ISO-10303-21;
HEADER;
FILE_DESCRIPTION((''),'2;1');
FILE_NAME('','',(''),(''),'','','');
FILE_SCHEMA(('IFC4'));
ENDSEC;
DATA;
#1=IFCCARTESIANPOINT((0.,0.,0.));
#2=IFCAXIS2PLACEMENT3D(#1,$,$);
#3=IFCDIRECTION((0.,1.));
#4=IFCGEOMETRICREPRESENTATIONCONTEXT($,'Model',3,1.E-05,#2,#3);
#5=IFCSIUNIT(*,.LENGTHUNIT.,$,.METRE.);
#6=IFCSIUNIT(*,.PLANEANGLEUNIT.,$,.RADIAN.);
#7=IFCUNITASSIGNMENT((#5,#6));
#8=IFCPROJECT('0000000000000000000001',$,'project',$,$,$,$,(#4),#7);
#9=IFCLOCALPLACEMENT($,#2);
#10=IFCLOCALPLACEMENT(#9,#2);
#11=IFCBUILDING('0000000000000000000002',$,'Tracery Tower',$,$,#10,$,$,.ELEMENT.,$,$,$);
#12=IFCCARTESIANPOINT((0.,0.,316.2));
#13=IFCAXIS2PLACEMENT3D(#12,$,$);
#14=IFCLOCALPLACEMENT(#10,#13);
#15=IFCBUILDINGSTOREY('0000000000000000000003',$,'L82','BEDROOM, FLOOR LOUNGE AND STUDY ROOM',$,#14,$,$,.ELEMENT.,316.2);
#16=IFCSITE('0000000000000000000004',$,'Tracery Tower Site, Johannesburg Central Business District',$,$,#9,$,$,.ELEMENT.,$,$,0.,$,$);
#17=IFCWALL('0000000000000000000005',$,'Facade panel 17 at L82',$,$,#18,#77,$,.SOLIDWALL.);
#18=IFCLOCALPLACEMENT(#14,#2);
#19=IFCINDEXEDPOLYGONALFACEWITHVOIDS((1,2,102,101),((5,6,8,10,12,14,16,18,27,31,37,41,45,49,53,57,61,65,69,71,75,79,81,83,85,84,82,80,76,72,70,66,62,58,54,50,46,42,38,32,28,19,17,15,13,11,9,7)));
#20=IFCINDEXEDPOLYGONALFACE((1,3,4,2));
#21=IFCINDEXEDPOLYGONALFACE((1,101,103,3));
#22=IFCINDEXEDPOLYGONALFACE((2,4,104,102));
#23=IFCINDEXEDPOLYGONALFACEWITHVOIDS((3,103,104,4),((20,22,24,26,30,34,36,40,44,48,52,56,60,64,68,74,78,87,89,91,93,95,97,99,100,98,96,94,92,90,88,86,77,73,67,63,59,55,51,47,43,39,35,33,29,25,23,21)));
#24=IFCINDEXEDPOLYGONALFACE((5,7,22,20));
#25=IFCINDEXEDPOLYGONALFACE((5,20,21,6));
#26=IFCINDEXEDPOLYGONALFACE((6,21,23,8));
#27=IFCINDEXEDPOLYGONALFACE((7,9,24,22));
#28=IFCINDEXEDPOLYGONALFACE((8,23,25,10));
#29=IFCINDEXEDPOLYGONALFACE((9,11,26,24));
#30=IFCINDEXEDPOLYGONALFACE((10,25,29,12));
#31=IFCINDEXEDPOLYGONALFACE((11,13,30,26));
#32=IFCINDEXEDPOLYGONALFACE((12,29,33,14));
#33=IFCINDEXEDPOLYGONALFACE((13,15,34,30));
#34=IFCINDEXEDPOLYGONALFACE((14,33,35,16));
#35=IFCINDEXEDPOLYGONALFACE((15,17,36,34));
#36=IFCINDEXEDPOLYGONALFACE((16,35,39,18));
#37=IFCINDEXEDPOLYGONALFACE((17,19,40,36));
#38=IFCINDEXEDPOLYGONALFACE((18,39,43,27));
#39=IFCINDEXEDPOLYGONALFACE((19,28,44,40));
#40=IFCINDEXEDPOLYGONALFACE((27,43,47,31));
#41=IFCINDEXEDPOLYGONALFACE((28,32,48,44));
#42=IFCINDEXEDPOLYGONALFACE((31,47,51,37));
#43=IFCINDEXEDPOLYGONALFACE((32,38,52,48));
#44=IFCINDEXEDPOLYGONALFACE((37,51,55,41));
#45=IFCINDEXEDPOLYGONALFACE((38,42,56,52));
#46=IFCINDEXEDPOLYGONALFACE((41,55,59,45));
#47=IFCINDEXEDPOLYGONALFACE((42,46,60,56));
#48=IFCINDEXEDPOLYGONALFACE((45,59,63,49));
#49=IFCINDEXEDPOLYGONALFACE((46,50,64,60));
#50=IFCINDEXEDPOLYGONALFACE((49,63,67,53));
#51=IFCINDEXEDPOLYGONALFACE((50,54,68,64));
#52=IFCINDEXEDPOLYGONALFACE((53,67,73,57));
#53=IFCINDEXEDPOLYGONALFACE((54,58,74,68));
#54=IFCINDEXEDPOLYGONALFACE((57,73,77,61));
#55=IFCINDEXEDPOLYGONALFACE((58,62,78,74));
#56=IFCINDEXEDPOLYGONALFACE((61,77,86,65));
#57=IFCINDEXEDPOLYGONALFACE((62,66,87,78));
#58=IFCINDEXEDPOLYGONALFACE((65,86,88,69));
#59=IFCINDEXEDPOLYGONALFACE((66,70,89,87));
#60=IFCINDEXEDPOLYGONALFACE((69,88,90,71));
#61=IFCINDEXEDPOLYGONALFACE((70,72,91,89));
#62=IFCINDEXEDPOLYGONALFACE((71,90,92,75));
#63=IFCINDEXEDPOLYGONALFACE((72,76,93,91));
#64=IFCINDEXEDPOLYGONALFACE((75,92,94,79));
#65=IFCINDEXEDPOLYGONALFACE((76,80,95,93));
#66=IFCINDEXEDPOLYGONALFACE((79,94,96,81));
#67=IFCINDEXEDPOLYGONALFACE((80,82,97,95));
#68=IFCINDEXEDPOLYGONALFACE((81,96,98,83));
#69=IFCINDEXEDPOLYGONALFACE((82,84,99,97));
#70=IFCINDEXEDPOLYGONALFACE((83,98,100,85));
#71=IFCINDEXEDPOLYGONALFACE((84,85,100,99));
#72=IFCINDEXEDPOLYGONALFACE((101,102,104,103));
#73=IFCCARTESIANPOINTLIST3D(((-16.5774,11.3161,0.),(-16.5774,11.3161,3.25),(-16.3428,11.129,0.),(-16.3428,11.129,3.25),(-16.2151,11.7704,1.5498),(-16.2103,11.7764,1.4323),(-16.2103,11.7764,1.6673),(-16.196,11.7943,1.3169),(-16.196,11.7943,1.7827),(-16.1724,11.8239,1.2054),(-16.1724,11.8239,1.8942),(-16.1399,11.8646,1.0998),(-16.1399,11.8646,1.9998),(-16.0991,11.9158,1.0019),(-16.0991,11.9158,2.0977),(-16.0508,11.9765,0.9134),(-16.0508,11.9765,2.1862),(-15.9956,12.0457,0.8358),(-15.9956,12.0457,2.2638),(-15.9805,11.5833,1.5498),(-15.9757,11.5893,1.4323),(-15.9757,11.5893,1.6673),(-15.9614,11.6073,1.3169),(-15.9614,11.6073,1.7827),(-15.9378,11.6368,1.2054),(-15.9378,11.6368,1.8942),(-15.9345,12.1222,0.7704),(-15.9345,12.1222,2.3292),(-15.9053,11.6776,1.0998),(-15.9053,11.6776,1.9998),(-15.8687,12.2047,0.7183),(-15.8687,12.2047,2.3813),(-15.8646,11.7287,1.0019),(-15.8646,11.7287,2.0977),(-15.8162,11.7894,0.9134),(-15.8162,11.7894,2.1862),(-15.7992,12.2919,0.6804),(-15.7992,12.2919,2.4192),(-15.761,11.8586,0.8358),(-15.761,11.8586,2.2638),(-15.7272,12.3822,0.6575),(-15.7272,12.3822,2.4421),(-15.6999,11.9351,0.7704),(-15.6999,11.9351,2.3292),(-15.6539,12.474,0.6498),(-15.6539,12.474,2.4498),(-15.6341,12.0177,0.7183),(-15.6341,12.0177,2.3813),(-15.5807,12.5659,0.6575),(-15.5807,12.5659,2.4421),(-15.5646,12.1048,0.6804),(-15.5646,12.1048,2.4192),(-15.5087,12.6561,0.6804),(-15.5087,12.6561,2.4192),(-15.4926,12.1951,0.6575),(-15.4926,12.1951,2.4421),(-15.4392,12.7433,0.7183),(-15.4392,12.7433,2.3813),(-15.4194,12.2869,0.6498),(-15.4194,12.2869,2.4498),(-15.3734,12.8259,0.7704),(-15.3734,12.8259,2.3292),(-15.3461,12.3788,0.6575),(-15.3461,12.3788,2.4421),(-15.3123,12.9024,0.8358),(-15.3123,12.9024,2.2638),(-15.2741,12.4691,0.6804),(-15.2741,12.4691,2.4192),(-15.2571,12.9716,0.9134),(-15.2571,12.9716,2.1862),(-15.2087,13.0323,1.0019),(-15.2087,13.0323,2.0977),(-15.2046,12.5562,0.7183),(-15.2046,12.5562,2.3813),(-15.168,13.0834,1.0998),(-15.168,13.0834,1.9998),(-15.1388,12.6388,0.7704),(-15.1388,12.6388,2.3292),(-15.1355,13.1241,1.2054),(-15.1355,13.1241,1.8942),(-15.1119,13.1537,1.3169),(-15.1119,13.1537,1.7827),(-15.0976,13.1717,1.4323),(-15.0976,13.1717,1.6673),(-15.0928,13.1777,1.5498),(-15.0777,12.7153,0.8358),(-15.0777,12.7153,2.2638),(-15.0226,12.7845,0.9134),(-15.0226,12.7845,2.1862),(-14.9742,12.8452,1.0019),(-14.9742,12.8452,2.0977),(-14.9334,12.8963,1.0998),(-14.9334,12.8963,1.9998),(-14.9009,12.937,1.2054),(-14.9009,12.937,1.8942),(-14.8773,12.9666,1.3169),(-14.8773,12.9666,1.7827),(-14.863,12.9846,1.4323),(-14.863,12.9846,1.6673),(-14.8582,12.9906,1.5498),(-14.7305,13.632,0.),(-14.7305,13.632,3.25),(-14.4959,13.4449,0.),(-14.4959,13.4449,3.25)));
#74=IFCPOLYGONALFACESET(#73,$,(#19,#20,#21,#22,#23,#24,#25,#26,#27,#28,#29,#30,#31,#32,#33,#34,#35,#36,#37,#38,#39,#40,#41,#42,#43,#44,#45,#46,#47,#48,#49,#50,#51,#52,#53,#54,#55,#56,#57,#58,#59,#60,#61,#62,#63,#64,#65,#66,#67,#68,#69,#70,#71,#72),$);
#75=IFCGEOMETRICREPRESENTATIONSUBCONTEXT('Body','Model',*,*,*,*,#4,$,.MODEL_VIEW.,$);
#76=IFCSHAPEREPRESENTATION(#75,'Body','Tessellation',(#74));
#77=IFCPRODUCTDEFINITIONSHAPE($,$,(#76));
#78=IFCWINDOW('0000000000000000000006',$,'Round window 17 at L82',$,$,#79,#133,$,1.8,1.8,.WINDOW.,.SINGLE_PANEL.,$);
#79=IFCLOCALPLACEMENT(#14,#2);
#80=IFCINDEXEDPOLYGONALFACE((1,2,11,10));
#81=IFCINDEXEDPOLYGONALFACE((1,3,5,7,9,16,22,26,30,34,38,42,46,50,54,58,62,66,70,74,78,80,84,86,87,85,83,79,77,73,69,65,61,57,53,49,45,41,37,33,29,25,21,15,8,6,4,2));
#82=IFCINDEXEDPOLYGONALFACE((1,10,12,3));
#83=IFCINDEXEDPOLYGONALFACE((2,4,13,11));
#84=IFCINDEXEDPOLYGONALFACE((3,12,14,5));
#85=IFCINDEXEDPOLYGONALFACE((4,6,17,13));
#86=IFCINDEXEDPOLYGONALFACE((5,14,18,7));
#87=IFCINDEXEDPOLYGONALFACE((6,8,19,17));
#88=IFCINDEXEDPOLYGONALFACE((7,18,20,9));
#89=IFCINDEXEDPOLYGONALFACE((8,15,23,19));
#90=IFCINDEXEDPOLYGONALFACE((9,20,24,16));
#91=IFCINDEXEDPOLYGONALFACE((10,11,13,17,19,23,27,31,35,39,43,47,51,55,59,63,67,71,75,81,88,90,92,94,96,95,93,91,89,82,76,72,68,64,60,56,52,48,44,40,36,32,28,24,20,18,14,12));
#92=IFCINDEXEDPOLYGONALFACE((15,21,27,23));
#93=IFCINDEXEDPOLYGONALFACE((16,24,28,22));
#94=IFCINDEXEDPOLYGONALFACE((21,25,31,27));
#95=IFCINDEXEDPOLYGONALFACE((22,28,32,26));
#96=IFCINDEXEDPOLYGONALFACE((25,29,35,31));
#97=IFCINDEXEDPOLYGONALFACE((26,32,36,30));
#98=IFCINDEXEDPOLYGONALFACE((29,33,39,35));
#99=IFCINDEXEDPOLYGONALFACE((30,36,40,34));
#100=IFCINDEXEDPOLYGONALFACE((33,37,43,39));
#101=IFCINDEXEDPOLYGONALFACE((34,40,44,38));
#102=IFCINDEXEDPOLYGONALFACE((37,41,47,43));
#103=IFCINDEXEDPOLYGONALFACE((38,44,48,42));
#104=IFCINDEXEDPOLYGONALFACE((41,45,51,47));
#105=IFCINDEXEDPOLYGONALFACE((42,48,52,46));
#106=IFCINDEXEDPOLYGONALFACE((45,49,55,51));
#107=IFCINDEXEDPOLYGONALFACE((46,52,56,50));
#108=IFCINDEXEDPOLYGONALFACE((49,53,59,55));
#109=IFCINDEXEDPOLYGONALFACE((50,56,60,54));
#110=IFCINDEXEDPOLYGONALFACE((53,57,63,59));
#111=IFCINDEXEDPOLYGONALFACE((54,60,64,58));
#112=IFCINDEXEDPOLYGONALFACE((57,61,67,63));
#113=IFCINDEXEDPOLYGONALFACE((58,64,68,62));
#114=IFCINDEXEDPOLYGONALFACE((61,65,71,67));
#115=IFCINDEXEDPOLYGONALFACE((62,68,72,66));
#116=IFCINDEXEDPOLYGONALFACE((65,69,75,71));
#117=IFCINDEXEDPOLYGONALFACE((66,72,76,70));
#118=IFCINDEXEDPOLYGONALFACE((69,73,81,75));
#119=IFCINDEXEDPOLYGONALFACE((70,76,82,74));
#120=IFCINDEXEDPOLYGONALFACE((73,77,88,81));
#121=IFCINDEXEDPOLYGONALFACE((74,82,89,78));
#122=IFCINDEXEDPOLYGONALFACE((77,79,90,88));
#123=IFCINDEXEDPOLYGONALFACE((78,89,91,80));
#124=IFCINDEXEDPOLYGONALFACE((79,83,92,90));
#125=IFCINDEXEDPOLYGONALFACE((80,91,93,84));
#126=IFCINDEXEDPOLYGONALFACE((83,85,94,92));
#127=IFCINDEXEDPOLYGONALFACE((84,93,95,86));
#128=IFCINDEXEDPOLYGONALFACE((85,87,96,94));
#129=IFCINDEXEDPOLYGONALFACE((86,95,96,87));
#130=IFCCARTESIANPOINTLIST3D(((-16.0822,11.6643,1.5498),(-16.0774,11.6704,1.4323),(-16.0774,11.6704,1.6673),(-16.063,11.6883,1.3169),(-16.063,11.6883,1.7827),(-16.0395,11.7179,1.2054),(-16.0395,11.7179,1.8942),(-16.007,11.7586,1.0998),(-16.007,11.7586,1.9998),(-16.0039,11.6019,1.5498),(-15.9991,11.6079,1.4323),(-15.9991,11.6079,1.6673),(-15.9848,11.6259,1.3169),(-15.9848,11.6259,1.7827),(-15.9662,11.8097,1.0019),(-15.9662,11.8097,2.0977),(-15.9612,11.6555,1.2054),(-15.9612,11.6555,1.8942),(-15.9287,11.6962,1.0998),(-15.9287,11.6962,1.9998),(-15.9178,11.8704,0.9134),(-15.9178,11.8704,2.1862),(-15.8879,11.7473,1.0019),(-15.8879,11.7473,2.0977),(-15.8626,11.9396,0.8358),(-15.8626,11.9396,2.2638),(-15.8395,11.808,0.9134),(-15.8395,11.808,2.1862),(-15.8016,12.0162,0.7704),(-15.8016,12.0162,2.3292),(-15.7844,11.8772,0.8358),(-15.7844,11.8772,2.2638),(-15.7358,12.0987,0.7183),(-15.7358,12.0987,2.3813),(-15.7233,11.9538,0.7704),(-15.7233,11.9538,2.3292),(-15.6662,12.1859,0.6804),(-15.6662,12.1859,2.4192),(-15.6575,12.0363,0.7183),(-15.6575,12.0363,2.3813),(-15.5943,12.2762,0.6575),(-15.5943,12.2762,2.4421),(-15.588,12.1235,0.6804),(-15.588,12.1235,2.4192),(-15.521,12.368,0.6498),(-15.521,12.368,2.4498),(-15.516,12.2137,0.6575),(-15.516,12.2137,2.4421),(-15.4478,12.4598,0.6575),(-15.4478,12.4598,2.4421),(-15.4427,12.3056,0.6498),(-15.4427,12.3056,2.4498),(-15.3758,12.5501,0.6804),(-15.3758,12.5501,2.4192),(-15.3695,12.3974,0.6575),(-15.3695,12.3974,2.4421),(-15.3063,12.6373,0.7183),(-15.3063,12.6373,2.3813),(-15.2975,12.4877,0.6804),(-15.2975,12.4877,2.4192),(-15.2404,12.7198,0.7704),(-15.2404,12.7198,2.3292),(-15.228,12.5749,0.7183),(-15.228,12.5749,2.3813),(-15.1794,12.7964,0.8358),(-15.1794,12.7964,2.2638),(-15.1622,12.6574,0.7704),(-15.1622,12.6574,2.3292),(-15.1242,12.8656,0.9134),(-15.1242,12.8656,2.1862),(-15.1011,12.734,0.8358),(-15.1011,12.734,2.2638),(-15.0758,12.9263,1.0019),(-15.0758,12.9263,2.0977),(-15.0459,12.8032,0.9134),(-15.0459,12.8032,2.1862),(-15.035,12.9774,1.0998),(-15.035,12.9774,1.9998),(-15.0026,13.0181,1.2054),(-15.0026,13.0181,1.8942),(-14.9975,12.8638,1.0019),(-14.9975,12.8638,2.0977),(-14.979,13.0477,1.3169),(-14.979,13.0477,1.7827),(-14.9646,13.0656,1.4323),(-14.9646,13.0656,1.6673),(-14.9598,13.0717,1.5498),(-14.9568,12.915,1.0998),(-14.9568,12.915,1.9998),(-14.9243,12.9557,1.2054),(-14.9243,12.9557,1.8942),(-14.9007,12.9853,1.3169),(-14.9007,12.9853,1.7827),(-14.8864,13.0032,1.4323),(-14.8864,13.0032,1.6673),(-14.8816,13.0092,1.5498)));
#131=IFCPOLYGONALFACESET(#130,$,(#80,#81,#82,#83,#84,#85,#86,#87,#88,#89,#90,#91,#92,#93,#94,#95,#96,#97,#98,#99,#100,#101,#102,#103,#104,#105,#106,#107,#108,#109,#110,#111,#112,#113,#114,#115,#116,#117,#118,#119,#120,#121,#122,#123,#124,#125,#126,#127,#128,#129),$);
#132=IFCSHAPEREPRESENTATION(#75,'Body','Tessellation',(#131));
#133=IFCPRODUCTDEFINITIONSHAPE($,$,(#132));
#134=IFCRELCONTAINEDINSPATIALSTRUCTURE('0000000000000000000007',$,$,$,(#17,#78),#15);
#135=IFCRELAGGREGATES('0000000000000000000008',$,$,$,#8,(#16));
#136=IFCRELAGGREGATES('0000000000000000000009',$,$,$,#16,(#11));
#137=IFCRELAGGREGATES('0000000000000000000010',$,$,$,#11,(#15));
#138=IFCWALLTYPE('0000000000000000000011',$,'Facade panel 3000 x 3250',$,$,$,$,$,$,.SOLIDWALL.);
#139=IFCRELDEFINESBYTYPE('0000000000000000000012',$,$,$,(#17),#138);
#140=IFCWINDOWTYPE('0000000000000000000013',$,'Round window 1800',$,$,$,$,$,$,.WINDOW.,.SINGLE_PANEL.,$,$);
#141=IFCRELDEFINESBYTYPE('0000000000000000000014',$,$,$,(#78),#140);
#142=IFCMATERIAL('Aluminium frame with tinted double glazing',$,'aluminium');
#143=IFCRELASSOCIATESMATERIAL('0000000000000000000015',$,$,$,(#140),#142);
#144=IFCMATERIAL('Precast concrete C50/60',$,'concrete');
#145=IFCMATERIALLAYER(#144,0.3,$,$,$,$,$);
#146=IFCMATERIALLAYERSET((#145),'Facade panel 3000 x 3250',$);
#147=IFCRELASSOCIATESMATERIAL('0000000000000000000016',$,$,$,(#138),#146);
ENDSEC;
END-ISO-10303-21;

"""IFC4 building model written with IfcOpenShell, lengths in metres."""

from ifc_helpers import new_model, si_unit, direction, frame, frame_2d, origin, origin_2d, place, context, subcontext, project, spatial, rectangle, circle, extrude, material, layer, layer_set, type_object, element, fill, save


model = new_model("IFC4")

# Units and contexts
model_context = context("Model", 3, precision=1e-05, world=origin(), true_north=direction((0.0, 1.0)))
body_context = subcontext(model_context, "Body", "Model", "MODEL_VIEW")
ifc_project = project(units=[si_unit("LENGTHUNIT", "METRE"), si_unit("PLANEANGLEUNIT", "RADIAN")], contexts=[model_context])

# Site, building, storey
site_placement = place(None, origin())
site = spatial("IfcSite", under=ifc_project, at=site_placement, Name="Tracery Tower Site, Johannesburg Central Business District", CompositionType="ELEMENT", RefElevation=0.0)
building_placement = place(site_placement, origin())
building = spatial("IfcBuilding", under=site, at=building_placement, Name="Tracery Tower", CompositionType="ELEMENT")
storey_placement = place(building_placement, frame((0.0, 0.0, 316.2)))
storey = spatial("IfcBuildingStorey", under=building, at=storey_placement, Name="L82", Description="BEDROOM, FLOOR LOUNGE AND STUDY ROOM", CompositionType="ELEMENT", Elevation=316.2)

# Wall, opening, window
ifc_material_1 = material(Name="Aluminium frame with tinted double glazing", Category="aluminium")
window_type = type_object("IfcWindowType", Name="Round window 1800", PartitioningType="SINGLE_PANEL", PredefinedType="WINDOW", material=ifc_material_1)
ifc_material_2 = material(Name="Precast concrete C50/60", Category="concrete")
ifc_layer_1 = layer(ifc_material_2, 0.3)
ifc_layer_set_1 = layer_set([ifc_layer_1], Name="Facade panel 3000 x 3250")
wall_type_1 = type_object("IfcWallType", Name="Facade panel 3000 x 3250", PredefinedType="SOLIDWALL", material=ifc_layer_set_1)
wall_1_placement = place(storey_placement, frame((-14.6133, 13.5383, 0.0), z_axis=(0.0, 0.0, 1.0), x_axis=(-0.623498, -0.781825, 0.0)))
wall_1 = element("IfcWall", 1, at=wall_1_placement, inside=storey, type_object=wall_type_1, Name="Facade panel 17 at L82", PredefinedType="SOLIDWALL", context=body_context, shape_type="SweptSolid", body=[
    extrude(rectangle(XDim=2.9622, YDim=0.3, at=frame_2d((1.481, 0.0))), origin(), (0.0, 0.0, 1.0), 3.25),
])
opening_1_placement = place(wall_1_placement, frame((1.481, 0.0, 1.5498)))
opening_1 = element("IfcOpeningElement", 2, at=opening_1_placement, cuts=wall_1, PredefinedType="OPENING", context=body_context, shape_type="SweptSolid", body=[
    extrude(circle(Radius=0.9, at=origin_2d()), frame((0.0, 0.1599, 0.0), z_axis=(0.0, -1.0, 0.0), x_axis=(1.0, 0.0, 0.0)), (0.0, 0.0, 1.0), 0.3201),
])
window_1_placement = place(opening_1_placement, origin())
window_1 = element("IfcWindow", 3, at=window_1_placement, inside=storey, type_object=window_type, Name="Round window 17 at L82", OverallHeight=1.8, OverallWidth=1.8, PartitioningType="SINGLE_PANEL", PredefinedType="WINDOW", context=body_context, shape_type="SweptSolid", body=[
    extrude(circle(Radius=0.9, at=origin_2d()), frame((0.0, 0.1201, 0.0), z_axis=(0.0, -1.0, 0.0), x_axis=(1.0, 0.0, 0.0)), (0.0, 0.0, 1.0), 0.1001),
])
fill(opening_1, window_1)

save(model, "model.ifc")
